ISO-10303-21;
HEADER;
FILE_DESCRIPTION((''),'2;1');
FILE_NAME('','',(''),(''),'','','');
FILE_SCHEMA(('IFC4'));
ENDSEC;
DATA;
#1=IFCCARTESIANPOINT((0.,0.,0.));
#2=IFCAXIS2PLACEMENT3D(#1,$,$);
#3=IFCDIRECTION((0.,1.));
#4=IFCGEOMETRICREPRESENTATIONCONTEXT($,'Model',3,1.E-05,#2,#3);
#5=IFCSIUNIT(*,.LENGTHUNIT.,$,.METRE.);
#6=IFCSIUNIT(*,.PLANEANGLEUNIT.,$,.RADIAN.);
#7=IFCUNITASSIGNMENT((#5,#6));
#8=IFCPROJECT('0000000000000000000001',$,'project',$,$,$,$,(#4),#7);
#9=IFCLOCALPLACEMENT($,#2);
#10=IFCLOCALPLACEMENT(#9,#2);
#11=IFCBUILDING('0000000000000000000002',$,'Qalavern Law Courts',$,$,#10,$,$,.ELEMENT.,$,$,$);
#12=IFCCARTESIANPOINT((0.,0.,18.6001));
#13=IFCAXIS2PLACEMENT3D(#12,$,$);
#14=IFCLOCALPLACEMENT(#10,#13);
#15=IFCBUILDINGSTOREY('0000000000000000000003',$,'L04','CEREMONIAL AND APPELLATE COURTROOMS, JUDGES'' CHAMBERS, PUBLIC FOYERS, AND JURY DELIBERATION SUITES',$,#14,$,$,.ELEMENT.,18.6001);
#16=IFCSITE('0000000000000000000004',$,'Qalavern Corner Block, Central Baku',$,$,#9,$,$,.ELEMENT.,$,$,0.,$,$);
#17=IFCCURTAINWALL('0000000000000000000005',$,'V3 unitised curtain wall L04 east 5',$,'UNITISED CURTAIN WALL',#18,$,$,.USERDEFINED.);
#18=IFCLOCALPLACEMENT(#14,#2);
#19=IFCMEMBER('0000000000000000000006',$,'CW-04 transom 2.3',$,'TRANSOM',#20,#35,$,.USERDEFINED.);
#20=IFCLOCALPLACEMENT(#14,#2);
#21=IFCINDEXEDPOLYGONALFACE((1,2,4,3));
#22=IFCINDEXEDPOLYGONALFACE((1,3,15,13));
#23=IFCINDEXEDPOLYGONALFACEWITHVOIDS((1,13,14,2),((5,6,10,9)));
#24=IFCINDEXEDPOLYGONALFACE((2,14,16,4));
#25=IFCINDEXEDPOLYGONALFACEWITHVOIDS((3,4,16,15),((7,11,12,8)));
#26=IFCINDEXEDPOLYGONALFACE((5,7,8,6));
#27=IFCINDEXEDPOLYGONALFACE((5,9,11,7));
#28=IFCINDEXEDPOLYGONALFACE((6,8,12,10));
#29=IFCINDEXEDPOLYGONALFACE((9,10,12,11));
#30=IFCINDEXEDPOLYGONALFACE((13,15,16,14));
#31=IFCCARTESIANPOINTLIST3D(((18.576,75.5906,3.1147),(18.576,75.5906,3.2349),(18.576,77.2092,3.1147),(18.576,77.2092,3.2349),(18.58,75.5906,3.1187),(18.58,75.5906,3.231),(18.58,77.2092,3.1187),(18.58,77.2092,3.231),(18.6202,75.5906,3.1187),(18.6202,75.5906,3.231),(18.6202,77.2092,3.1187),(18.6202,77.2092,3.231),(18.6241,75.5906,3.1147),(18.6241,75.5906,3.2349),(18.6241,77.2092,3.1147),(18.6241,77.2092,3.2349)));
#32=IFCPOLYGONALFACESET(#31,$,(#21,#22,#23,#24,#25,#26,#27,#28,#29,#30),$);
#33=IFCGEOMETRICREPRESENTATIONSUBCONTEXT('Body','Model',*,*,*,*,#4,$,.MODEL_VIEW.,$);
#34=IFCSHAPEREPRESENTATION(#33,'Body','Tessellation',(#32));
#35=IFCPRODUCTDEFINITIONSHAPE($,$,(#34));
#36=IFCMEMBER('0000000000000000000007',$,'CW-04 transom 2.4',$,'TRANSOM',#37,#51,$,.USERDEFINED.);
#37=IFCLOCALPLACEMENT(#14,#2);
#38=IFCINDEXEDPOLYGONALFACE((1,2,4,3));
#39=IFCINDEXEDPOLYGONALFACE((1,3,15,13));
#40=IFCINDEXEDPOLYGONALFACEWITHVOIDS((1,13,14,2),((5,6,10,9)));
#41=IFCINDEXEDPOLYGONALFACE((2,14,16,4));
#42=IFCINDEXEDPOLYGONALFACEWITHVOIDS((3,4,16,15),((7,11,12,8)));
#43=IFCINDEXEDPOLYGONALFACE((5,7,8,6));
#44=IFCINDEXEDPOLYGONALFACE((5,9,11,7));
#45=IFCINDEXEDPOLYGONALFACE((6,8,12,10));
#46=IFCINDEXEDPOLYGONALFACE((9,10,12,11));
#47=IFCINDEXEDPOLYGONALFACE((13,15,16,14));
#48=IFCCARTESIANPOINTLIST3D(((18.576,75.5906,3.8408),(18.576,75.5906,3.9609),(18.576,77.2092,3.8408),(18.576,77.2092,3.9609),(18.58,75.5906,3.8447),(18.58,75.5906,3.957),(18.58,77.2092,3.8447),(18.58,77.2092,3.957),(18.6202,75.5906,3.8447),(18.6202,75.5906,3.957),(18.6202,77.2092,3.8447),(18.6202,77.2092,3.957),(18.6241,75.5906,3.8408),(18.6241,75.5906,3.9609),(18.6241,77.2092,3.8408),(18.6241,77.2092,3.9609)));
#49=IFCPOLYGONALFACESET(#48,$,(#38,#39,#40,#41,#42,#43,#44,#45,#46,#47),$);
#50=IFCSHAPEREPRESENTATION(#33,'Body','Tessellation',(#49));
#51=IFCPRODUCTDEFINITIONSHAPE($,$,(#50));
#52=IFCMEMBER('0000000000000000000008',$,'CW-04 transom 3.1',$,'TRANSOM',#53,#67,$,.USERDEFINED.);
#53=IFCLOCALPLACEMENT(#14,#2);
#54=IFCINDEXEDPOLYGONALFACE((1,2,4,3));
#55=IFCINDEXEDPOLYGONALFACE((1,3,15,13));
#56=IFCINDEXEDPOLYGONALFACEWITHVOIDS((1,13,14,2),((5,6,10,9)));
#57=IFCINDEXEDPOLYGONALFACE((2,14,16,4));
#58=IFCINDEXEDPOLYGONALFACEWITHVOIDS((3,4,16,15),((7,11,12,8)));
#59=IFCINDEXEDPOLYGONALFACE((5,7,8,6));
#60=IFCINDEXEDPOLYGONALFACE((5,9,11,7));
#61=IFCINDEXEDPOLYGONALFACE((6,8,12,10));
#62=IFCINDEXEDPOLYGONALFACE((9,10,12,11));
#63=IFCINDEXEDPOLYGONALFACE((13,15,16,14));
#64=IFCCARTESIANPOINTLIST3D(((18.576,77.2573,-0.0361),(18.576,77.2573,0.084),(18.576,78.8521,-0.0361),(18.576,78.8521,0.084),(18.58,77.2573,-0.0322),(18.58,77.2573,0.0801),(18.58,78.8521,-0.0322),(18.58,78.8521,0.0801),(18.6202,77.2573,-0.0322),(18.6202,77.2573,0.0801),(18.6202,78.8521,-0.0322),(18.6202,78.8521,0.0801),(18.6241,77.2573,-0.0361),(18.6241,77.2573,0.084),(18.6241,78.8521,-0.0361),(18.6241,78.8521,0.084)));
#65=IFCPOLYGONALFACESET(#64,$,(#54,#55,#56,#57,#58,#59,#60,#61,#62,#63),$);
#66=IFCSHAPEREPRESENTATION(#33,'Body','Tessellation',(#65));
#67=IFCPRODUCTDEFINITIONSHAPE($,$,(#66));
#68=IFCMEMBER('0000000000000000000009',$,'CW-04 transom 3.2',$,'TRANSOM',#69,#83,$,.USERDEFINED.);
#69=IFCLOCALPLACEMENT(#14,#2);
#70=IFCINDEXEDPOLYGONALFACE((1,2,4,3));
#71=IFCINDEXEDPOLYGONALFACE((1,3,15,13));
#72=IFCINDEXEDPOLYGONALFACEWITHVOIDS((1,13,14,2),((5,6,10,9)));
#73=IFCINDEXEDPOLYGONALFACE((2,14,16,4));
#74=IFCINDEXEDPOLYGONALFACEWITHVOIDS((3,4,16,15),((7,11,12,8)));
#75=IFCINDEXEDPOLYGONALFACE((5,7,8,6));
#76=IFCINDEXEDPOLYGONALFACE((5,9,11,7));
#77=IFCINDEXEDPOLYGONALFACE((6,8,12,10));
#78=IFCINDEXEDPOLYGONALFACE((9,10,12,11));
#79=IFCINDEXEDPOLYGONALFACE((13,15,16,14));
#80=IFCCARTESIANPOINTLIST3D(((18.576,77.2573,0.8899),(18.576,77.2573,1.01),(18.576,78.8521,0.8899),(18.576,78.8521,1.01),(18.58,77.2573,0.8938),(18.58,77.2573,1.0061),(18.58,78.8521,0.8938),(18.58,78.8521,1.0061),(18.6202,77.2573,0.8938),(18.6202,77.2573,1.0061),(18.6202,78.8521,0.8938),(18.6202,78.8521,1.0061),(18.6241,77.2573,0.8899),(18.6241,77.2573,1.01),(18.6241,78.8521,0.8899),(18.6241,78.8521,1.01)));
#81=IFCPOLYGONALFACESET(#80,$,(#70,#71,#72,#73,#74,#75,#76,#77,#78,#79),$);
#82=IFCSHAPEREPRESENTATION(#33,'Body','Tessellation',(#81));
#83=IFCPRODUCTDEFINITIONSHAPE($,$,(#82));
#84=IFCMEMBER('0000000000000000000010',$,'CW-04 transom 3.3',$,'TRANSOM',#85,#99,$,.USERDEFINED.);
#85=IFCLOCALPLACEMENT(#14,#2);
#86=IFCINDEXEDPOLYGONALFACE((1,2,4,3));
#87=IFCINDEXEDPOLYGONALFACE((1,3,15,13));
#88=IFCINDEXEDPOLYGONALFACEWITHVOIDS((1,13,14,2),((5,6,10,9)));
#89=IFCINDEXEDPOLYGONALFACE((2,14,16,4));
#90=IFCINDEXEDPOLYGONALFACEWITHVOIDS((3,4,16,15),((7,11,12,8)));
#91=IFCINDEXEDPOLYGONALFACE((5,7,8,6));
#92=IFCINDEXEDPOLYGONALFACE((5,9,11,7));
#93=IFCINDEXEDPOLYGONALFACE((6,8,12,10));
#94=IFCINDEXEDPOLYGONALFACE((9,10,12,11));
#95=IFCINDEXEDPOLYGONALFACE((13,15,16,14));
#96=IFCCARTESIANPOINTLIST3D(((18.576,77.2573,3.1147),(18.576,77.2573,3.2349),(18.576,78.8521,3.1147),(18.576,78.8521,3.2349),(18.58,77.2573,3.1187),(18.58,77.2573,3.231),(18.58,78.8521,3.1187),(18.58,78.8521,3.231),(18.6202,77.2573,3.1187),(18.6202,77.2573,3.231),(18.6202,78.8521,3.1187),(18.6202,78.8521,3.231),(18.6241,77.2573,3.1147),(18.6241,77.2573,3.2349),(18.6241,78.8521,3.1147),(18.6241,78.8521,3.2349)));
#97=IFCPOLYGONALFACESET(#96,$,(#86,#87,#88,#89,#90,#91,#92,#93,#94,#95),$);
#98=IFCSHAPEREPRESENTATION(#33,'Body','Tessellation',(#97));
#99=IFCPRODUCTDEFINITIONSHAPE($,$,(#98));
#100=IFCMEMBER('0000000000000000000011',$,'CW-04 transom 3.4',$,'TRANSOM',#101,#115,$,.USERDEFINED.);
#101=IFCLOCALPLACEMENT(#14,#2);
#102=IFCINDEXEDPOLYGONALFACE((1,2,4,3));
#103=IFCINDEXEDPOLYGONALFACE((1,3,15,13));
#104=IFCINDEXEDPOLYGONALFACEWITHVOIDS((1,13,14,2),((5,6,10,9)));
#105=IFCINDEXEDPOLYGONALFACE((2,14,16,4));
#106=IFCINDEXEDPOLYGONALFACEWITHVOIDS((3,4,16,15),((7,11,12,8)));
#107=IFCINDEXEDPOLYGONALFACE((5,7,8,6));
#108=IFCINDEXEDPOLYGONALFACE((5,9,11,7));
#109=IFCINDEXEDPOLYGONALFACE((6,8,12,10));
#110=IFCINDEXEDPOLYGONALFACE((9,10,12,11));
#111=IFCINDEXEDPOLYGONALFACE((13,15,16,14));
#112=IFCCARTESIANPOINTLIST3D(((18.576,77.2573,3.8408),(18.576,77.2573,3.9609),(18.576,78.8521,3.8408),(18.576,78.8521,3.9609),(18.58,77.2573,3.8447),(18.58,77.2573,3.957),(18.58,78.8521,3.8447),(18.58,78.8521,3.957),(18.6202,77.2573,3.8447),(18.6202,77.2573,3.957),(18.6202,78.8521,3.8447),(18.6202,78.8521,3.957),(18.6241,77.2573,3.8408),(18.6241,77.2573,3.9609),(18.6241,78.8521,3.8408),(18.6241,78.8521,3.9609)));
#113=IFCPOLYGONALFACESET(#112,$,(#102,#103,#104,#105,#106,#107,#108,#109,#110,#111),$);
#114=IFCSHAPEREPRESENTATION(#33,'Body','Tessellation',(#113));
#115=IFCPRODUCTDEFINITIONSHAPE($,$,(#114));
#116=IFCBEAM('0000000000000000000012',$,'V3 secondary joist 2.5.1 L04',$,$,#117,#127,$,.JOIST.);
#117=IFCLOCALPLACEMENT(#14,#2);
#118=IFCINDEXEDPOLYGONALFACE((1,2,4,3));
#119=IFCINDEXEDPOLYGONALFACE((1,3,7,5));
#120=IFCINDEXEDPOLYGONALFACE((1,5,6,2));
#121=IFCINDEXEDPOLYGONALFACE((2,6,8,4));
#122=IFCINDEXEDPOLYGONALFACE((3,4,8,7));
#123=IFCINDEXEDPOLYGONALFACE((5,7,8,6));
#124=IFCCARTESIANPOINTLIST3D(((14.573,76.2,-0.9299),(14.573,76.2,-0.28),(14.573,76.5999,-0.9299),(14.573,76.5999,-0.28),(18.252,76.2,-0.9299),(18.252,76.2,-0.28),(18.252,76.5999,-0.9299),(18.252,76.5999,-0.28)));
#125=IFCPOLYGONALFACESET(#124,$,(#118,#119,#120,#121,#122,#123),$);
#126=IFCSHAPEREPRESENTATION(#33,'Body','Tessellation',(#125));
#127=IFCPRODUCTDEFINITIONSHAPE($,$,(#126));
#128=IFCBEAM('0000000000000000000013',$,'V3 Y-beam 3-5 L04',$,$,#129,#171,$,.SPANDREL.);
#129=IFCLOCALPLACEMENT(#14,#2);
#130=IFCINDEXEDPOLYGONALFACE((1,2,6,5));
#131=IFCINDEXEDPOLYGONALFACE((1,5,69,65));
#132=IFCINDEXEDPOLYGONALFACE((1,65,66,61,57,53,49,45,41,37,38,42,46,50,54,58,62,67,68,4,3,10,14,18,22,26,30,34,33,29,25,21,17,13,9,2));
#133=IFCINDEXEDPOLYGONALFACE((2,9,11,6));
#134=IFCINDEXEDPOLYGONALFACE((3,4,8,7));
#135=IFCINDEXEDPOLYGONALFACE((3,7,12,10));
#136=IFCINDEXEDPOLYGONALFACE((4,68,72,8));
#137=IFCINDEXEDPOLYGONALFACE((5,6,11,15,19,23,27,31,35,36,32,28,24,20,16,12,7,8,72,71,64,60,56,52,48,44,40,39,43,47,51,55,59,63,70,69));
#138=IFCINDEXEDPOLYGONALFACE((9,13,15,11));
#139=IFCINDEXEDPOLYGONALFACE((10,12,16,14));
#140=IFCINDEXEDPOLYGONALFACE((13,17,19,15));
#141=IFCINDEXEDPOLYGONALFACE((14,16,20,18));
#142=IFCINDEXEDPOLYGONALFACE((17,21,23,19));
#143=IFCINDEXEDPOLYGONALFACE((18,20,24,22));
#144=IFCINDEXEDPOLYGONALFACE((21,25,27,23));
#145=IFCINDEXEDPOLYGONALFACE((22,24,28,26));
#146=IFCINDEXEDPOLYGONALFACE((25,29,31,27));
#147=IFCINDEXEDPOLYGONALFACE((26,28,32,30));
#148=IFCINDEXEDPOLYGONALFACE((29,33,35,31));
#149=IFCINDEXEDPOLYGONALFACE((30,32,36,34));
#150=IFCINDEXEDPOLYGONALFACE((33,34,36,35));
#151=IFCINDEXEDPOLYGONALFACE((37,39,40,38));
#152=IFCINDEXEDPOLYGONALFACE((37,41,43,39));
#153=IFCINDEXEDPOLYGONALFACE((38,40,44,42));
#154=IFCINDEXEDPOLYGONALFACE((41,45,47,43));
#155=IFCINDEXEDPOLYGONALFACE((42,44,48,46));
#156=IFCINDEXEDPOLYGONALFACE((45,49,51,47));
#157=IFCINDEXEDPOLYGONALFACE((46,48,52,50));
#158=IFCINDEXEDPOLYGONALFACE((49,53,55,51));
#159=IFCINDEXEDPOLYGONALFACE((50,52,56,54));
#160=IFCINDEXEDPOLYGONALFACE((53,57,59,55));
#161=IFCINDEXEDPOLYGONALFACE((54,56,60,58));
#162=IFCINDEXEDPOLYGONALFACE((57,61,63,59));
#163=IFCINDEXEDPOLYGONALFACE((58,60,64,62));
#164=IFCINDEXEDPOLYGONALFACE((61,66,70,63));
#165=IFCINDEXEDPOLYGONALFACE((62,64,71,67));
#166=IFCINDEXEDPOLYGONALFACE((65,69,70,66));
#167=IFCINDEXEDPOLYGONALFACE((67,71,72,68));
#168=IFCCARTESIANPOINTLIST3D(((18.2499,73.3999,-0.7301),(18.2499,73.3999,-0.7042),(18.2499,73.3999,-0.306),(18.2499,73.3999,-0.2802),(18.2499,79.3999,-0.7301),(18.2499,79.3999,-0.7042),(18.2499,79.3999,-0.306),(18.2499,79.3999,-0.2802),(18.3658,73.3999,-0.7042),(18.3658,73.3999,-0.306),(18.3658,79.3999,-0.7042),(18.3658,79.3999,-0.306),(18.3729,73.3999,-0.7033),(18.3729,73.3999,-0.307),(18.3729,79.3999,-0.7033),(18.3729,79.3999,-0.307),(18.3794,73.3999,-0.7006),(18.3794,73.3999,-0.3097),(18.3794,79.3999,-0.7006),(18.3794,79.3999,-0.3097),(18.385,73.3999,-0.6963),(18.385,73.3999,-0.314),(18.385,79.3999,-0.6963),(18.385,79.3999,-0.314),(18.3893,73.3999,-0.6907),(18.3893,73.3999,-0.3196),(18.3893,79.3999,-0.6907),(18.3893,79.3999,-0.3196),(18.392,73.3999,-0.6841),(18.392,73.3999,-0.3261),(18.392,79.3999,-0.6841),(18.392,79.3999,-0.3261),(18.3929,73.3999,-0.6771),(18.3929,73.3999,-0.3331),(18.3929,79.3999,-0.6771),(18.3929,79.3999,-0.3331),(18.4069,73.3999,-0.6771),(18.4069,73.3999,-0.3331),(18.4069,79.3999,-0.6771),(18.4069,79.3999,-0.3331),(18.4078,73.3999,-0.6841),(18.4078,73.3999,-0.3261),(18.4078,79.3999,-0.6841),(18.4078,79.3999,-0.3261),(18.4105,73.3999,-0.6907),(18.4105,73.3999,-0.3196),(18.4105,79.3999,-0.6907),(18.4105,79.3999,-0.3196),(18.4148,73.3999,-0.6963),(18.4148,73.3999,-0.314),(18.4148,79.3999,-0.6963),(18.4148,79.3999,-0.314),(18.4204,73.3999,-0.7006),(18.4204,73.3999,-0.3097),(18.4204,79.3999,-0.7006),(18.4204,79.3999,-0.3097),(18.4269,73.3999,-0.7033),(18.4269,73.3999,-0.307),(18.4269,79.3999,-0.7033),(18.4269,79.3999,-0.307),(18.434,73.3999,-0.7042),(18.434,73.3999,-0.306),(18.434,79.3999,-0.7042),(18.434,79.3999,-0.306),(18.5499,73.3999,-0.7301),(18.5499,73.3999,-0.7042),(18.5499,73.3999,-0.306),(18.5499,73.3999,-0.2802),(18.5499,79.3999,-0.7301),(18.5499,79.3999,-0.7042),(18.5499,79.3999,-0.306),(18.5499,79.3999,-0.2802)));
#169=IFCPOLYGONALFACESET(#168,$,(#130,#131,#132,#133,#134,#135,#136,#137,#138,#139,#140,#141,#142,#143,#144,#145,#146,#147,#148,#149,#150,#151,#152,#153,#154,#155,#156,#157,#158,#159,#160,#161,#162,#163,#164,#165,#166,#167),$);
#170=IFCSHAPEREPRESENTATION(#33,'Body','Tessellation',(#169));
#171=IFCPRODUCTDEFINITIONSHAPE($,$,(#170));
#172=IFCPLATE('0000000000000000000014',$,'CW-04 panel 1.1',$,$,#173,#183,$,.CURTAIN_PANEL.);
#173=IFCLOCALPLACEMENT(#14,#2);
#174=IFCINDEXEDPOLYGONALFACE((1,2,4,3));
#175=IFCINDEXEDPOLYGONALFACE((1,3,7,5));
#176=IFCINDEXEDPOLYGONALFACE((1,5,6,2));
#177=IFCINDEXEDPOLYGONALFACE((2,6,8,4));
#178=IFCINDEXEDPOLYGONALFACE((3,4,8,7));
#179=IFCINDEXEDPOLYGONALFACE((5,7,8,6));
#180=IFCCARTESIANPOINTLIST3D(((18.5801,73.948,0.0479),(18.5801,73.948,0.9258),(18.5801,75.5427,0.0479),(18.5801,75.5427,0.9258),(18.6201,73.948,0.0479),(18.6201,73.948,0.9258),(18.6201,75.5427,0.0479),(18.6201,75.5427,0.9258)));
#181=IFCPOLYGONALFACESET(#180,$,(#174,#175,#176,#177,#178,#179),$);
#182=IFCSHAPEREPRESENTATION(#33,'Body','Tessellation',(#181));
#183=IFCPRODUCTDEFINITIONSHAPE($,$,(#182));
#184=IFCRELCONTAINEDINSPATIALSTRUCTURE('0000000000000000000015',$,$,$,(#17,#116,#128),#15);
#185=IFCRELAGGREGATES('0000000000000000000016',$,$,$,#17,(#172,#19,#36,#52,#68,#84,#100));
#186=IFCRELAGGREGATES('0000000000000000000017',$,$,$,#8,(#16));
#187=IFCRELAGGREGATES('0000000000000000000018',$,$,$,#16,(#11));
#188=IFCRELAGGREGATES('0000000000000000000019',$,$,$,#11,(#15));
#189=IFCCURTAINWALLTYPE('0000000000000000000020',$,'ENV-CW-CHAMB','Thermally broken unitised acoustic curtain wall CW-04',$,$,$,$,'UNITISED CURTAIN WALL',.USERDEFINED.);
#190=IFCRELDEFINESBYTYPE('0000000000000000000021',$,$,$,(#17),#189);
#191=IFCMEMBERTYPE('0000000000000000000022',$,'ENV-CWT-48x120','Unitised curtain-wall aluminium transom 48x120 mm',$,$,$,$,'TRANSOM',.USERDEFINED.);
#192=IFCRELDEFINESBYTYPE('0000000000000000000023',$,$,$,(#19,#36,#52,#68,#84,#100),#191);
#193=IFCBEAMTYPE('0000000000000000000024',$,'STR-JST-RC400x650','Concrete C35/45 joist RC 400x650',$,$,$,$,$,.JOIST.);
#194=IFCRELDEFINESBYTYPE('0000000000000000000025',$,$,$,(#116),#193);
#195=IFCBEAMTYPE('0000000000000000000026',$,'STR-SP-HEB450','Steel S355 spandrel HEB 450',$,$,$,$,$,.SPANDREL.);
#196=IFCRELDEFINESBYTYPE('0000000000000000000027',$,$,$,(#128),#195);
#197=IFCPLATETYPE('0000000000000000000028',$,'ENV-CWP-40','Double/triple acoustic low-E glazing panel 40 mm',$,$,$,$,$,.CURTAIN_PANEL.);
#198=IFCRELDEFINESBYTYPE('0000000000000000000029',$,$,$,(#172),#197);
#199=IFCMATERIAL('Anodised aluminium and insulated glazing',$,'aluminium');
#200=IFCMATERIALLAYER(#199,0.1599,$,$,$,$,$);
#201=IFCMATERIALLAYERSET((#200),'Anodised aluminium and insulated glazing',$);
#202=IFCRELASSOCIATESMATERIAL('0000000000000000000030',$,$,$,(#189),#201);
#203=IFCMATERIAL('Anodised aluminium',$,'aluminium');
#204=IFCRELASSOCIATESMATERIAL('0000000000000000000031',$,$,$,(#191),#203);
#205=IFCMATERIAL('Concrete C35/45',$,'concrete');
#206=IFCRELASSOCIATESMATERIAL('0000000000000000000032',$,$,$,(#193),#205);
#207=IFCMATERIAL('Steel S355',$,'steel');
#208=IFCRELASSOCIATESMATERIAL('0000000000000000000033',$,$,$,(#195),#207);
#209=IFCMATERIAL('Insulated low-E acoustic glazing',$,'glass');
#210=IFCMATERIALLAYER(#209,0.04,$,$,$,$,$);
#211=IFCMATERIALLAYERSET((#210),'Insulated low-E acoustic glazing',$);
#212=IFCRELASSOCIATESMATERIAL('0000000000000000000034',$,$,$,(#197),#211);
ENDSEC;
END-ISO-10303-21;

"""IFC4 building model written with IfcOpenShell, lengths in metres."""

from ifc_helpers import new_model, si_unit, direction, frame, origin, origin_2d, place, context, subcontext, project, spatial, rectangle, hollow_rectangle, i_section, extrude, material, layer, layer_set, material_profile, profile_set, type_object, element, aggregate, save


model = new_model("IFC4")

# Units and contexts
model_context = context("Model", 3, precision=1e-05, world=origin(), true_north=direction((0.0, 1.0)))
body_context = subcontext(model_context, "Body", "Model", "MODEL_VIEW")
ifc_project = project(units=[si_unit("LENGTHUNIT", "METRE"), si_unit("PLANEANGLEUNIT", "RADIAN")], contexts=[model_context])

# Site, building, storey
site_placement = place(None, origin())
site = spatial("IfcSite", under=ifc_project, at=site_placement, Name="Qalavern Corner Block, Central Baku", CompositionType="ELEMENT", RefElevation=0.0)
building_placement = place(site_placement, origin())
building = spatial("IfcBuilding", under=site, at=building_placement, Name="Qalavern Law Courts", CompositionType="ELEMENT")
storey_placement = place(building_placement, frame((0.0, 0.0, 18.6001)))
storey = spatial("IfcBuildingStorey", under=building, at=storey_placement, Name="L04", Description="CEREMONIAL AND APPELLATE COURTROOMS, JUDGES' CHAMBERS, PUBLIC FOYERS, AND JURY DELIBERATION SUITES", CompositionType="ELEMENT", Elevation=18.6001)

# Curtain wall, members
ifc_material_1 = material(Name="Anodised aluminium and insulated glazing", Category="aluminium")
ifc_layer_1 = layer(ifc_material_1, 0.1599)
ifc_layer_set_1 = layer_set([ifc_layer_1], Name="Anodised aluminium and insulated glazing")
curtain_wall_type = type_object("IfcCurtainWallType", Name="ENV-CW-CHAMB", Description="Thermally broken unitised acoustic curtain wall CW-04", ElementType="UNITISED CURTAIN WALL", PredefinedType="USERDEFINED", material=ifc_layer_set_1)
curtain_wall_placement = place(storey_placement, origin())
curtain_wall = element("IfcCurtainWall", 1, at=curtain_wall_placement, inside=storey, type_object=curtain_wall_type, Name="V3 unitised curtain wall L04 east 5", ObjectType="UNITISED CURTAIN WALL", PredefinedType="USERDEFINED")
ifc_material_2 = material(Name="Anodised aluminium", Category="aluminium")
ifc_material_profile_1 = material_profile(ifc_material_2, hollow_rectangle(XDim=0.0481, YDim=0.1201, WallThickness=0.0039, at=origin_2d()), Name="ALU TRANSOM 48x120")
ifc_profile_set_1 = profile_set([ifc_material_profile_1], Name="Anodised aluminium")
member_type_1 = type_object("IfcMemberType", Name="ENV-CWT-48x120", Description="Unitised curtain-wall aluminium transom 48x120 mm", ElementType="TRANSOM", PredefinedType="USERDEFINED", material=ifc_profile_set_1)
member_1_placement = place(storey_placement, frame((18.6001, 75.5906, 3.1748), z_axis=(0.0, 1.0, 0.0), x_axis=(-1.0, 0.0, 0.0)))
member_1 = element("IfcMember", 2, at=member_1_placement, type_object=member_type_1, Name="CW-04 transom 2.3", ObjectType="TRANSOM", PredefinedType="USERDEFINED", context=body_context, shape_type="SweptSolid", body=[
    extrude(hollow_rectangle(XDim=0.0481, YDim=0.1201, WallThickness=0.0039, at=origin_2d()), origin(), (0.0, 0.0, 1.0), 1.6187),
])
member_2_placement = place(storey_placement, frame((18.6001, 75.5906, 3.9009), z_axis=(0.0, 1.0, 0.0), x_axis=(-1.0, 0.0, 0.0)))
member_2 = element("IfcMember", 3, at=member_2_placement, type_object=member_type_1, Name="CW-04 transom 2.4", ObjectType="TRANSOM", PredefinedType="USERDEFINED", context=body_context, shape_type="SweptSolid", body=[
    extrude(hollow_rectangle(XDim=0.0481, YDim=0.1201, WallThickness=0.0039, at=origin_2d()), origin(), (0.0, 0.0, 1.0), 1.6187),
])
member_3_placement = place(storey_placement, frame((18.6001, 77.2573, 0.0239), z_axis=(0.0, 1.0, 0.0), x_axis=(-1.0, 0.0, 0.0)))
member_3 = element("IfcMember", 4, at=member_3_placement, type_object=member_type_1, Name="CW-04 transom 3.1", ObjectType="TRANSOM", PredefinedType="USERDEFINED", context=body_context, shape_type="SweptSolid", body=[
    extrude(hollow_rectangle(XDim=0.0481, YDim=0.1201, WallThickness=0.0039, at=origin_2d()), origin(), (0.0, 0.0, 1.0), 1.5947),
])
member_4_placement = place(storey_placement, frame((18.6001, 77.2573, 0.95), z_axis=(0.0, 1.0, 0.0), x_axis=(-1.0, 0.0, 0.0)))
member_4 = element("IfcMember", 5, at=member_4_placement, type_object=member_type_1, Name="CW-04 transom 3.2", ObjectType="TRANSOM", PredefinedType="USERDEFINED", context=body_context, shape_type="SweptSolid", body=[
    extrude(hollow_rectangle(XDim=0.0481, YDim=0.1201, WallThickness=0.0039, at=origin_2d()), origin(), (0.0, 0.0, 1.0), 1.5947),
])
member_5_placement = place(storey_placement, frame((18.6001, 77.2573, 3.1748), z_axis=(0.0, 1.0, 0.0), x_axis=(-1.0, 0.0, 0.0)))
member_5 = element("IfcMember", 6, at=member_5_placement, type_object=member_type_1, Name="CW-04 transom 3.3", ObjectType="TRANSOM", PredefinedType="USERDEFINED", context=body_context, shape_type="SweptSolid", body=[
    extrude(hollow_rectangle(XDim=0.0481, YDim=0.1201, WallThickness=0.0039, at=origin_2d()), origin(), (0.0, 0.0, 1.0), 1.5947),
])
member_6_placement = place(storey_placement, frame((18.6001, 77.2573, 3.9009), z_axis=(0.0, 1.0, 0.0), x_axis=(-1.0, 0.0, 0.0)))
member_6 = element("IfcMember", 7, at=member_6_placement, type_object=member_type_1, Name="CW-04 transom 3.4", ObjectType="TRANSOM", PredefinedType="USERDEFINED", context=body_context, shape_type="SweptSolid", body=[
    extrude(hollow_rectangle(XDim=0.0481, YDim=0.1201, WallThickness=0.0039, at=origin_2d()), origin(), (0.0, 0.0, 1.0), 1.5947),
])

# Beams
ifc_material_3 = material(Name="Concrete C35/45", Category="concrete")
ifc_material_profile_2 = material_profile(ifc_material_3, rectangle(XDim=0.3999, YDim=0.6499, at=origin_2d()), Name="RC 400x650")
ifc_profile_set_2 = profile_set([ifc_material_profile_2], Name="Concrete C35/45")
beam_type_1 = type_object("IfcBeamType", Name="STR-JST-RC400x650", Description="Concrete C35/45 joist RC 400x650", PredefinedType="JOIST", material=ifc_profile_set_2)
beam_1_placement = place(storey_placement, frame((14.573, 76.3999, -0.605), z_axis=(1.0, 0.0, 0.0), x_axis=(0.0, 1.0, 0.0)))
element("IfcBeam", 8, at=beam_1_placement, inside=storey, type_object=beam_type_1, Name="V3 secondary joist 2.5.1 L04", PredefinedType="JOIST", context=body_context, shape_type="SweptSolid", body=[
    extrude(rectangle(XDim=0.3999, YDim=0.6499, at=origin_2d()), origin(), (0.0, 0.0, 1.0), 3.679),
])
ifc_material_4 = material(Name="Steel S355", Category="steel")
ifc_material_profile_3 = material_profile(ifc_material_4, i_section(OverallWidth=0.3, OverallDepth=0.45, WebThickness=0.0139, FlangeThickness=0.0259, FilletRadius=0.0271, at=origin_2d()), Name="HEB 450")
ifc_profile_set_3 = profile_set([ifc_material_profile_3], Name="Steel S355")
beam_type_2 = type_object("IfcBeamType", Name="STR-SP-HEB450", Description="Steel S355 spandrel HEB 450", PredefinedType="SPANDREL", material=ifc_profile_set_3)
beam_2_placement = place(storey_placement, frame((18.3999, 73.3999, -0.5051), z_axis=(0.0, 1.0, 0.0), x_axis=(-1.0, 0.0, 0.0)))
element("IfcBeam", 9, at=beam_2_placement, inside=storey, type_object=beam_type_2, Name="V3 Y-beam 3-5 L04", PredefinedType="SPANDREL", context=body_context, shape_type="SweptSolid", body=[
    extrude(i_section(OverallWidth=0.3, OverallDepth=0.45, WebThickness=0.0139, FlangeThickness=0.0259, FilletRadius=0.0271, at=origin_2d()), origin(), (0.0, 0.0, 1.0), 6.0),
])

# Plate
ifc_material_5 = material(Name="Insulated low-E acoustic glazing", Category="glass")
ifc_layer_2 = layer(ifc_material_5, 0.04)
ifc_layer_set_2 = layer_set([ifc_layer_2], Name="Insulated low-E acoustic glazing")
plate_type = type_object("IfcPlateType", Name="ENV-CWP-40", Description="Double/triple acoustic low-E glazing panel 40 mm", PredefinedType="CURTAIN_PANEL", material=ifc_layer_set_2)
plate_1_placement = place(storey_placement, frame((18.6001, 74.7454, 0.0479), z_axis=(0.0, 0.0, 1.0), x_axis=(0.0, 1.0, 0.0)))
plate_1 = element("IfcPlate", 10, at=plate_1_placement, type_object=plate_type, Name="CW-04 panel 1.1", PredefinedType="CURTAIN_PANEL", context=body_context, shape_type="SweptSolid", body=[
    extrude(rectangle(XDim=1.5947, YDim=0.04, at=origin_2d()), origin(), (0.0, 0.0, 1.0), 0.8779),
])
aggregate(curtain_wall, [plate_1, member_1, member_2, member_3, member_4, member_5, member_6])

save(model, "model.ifc")
